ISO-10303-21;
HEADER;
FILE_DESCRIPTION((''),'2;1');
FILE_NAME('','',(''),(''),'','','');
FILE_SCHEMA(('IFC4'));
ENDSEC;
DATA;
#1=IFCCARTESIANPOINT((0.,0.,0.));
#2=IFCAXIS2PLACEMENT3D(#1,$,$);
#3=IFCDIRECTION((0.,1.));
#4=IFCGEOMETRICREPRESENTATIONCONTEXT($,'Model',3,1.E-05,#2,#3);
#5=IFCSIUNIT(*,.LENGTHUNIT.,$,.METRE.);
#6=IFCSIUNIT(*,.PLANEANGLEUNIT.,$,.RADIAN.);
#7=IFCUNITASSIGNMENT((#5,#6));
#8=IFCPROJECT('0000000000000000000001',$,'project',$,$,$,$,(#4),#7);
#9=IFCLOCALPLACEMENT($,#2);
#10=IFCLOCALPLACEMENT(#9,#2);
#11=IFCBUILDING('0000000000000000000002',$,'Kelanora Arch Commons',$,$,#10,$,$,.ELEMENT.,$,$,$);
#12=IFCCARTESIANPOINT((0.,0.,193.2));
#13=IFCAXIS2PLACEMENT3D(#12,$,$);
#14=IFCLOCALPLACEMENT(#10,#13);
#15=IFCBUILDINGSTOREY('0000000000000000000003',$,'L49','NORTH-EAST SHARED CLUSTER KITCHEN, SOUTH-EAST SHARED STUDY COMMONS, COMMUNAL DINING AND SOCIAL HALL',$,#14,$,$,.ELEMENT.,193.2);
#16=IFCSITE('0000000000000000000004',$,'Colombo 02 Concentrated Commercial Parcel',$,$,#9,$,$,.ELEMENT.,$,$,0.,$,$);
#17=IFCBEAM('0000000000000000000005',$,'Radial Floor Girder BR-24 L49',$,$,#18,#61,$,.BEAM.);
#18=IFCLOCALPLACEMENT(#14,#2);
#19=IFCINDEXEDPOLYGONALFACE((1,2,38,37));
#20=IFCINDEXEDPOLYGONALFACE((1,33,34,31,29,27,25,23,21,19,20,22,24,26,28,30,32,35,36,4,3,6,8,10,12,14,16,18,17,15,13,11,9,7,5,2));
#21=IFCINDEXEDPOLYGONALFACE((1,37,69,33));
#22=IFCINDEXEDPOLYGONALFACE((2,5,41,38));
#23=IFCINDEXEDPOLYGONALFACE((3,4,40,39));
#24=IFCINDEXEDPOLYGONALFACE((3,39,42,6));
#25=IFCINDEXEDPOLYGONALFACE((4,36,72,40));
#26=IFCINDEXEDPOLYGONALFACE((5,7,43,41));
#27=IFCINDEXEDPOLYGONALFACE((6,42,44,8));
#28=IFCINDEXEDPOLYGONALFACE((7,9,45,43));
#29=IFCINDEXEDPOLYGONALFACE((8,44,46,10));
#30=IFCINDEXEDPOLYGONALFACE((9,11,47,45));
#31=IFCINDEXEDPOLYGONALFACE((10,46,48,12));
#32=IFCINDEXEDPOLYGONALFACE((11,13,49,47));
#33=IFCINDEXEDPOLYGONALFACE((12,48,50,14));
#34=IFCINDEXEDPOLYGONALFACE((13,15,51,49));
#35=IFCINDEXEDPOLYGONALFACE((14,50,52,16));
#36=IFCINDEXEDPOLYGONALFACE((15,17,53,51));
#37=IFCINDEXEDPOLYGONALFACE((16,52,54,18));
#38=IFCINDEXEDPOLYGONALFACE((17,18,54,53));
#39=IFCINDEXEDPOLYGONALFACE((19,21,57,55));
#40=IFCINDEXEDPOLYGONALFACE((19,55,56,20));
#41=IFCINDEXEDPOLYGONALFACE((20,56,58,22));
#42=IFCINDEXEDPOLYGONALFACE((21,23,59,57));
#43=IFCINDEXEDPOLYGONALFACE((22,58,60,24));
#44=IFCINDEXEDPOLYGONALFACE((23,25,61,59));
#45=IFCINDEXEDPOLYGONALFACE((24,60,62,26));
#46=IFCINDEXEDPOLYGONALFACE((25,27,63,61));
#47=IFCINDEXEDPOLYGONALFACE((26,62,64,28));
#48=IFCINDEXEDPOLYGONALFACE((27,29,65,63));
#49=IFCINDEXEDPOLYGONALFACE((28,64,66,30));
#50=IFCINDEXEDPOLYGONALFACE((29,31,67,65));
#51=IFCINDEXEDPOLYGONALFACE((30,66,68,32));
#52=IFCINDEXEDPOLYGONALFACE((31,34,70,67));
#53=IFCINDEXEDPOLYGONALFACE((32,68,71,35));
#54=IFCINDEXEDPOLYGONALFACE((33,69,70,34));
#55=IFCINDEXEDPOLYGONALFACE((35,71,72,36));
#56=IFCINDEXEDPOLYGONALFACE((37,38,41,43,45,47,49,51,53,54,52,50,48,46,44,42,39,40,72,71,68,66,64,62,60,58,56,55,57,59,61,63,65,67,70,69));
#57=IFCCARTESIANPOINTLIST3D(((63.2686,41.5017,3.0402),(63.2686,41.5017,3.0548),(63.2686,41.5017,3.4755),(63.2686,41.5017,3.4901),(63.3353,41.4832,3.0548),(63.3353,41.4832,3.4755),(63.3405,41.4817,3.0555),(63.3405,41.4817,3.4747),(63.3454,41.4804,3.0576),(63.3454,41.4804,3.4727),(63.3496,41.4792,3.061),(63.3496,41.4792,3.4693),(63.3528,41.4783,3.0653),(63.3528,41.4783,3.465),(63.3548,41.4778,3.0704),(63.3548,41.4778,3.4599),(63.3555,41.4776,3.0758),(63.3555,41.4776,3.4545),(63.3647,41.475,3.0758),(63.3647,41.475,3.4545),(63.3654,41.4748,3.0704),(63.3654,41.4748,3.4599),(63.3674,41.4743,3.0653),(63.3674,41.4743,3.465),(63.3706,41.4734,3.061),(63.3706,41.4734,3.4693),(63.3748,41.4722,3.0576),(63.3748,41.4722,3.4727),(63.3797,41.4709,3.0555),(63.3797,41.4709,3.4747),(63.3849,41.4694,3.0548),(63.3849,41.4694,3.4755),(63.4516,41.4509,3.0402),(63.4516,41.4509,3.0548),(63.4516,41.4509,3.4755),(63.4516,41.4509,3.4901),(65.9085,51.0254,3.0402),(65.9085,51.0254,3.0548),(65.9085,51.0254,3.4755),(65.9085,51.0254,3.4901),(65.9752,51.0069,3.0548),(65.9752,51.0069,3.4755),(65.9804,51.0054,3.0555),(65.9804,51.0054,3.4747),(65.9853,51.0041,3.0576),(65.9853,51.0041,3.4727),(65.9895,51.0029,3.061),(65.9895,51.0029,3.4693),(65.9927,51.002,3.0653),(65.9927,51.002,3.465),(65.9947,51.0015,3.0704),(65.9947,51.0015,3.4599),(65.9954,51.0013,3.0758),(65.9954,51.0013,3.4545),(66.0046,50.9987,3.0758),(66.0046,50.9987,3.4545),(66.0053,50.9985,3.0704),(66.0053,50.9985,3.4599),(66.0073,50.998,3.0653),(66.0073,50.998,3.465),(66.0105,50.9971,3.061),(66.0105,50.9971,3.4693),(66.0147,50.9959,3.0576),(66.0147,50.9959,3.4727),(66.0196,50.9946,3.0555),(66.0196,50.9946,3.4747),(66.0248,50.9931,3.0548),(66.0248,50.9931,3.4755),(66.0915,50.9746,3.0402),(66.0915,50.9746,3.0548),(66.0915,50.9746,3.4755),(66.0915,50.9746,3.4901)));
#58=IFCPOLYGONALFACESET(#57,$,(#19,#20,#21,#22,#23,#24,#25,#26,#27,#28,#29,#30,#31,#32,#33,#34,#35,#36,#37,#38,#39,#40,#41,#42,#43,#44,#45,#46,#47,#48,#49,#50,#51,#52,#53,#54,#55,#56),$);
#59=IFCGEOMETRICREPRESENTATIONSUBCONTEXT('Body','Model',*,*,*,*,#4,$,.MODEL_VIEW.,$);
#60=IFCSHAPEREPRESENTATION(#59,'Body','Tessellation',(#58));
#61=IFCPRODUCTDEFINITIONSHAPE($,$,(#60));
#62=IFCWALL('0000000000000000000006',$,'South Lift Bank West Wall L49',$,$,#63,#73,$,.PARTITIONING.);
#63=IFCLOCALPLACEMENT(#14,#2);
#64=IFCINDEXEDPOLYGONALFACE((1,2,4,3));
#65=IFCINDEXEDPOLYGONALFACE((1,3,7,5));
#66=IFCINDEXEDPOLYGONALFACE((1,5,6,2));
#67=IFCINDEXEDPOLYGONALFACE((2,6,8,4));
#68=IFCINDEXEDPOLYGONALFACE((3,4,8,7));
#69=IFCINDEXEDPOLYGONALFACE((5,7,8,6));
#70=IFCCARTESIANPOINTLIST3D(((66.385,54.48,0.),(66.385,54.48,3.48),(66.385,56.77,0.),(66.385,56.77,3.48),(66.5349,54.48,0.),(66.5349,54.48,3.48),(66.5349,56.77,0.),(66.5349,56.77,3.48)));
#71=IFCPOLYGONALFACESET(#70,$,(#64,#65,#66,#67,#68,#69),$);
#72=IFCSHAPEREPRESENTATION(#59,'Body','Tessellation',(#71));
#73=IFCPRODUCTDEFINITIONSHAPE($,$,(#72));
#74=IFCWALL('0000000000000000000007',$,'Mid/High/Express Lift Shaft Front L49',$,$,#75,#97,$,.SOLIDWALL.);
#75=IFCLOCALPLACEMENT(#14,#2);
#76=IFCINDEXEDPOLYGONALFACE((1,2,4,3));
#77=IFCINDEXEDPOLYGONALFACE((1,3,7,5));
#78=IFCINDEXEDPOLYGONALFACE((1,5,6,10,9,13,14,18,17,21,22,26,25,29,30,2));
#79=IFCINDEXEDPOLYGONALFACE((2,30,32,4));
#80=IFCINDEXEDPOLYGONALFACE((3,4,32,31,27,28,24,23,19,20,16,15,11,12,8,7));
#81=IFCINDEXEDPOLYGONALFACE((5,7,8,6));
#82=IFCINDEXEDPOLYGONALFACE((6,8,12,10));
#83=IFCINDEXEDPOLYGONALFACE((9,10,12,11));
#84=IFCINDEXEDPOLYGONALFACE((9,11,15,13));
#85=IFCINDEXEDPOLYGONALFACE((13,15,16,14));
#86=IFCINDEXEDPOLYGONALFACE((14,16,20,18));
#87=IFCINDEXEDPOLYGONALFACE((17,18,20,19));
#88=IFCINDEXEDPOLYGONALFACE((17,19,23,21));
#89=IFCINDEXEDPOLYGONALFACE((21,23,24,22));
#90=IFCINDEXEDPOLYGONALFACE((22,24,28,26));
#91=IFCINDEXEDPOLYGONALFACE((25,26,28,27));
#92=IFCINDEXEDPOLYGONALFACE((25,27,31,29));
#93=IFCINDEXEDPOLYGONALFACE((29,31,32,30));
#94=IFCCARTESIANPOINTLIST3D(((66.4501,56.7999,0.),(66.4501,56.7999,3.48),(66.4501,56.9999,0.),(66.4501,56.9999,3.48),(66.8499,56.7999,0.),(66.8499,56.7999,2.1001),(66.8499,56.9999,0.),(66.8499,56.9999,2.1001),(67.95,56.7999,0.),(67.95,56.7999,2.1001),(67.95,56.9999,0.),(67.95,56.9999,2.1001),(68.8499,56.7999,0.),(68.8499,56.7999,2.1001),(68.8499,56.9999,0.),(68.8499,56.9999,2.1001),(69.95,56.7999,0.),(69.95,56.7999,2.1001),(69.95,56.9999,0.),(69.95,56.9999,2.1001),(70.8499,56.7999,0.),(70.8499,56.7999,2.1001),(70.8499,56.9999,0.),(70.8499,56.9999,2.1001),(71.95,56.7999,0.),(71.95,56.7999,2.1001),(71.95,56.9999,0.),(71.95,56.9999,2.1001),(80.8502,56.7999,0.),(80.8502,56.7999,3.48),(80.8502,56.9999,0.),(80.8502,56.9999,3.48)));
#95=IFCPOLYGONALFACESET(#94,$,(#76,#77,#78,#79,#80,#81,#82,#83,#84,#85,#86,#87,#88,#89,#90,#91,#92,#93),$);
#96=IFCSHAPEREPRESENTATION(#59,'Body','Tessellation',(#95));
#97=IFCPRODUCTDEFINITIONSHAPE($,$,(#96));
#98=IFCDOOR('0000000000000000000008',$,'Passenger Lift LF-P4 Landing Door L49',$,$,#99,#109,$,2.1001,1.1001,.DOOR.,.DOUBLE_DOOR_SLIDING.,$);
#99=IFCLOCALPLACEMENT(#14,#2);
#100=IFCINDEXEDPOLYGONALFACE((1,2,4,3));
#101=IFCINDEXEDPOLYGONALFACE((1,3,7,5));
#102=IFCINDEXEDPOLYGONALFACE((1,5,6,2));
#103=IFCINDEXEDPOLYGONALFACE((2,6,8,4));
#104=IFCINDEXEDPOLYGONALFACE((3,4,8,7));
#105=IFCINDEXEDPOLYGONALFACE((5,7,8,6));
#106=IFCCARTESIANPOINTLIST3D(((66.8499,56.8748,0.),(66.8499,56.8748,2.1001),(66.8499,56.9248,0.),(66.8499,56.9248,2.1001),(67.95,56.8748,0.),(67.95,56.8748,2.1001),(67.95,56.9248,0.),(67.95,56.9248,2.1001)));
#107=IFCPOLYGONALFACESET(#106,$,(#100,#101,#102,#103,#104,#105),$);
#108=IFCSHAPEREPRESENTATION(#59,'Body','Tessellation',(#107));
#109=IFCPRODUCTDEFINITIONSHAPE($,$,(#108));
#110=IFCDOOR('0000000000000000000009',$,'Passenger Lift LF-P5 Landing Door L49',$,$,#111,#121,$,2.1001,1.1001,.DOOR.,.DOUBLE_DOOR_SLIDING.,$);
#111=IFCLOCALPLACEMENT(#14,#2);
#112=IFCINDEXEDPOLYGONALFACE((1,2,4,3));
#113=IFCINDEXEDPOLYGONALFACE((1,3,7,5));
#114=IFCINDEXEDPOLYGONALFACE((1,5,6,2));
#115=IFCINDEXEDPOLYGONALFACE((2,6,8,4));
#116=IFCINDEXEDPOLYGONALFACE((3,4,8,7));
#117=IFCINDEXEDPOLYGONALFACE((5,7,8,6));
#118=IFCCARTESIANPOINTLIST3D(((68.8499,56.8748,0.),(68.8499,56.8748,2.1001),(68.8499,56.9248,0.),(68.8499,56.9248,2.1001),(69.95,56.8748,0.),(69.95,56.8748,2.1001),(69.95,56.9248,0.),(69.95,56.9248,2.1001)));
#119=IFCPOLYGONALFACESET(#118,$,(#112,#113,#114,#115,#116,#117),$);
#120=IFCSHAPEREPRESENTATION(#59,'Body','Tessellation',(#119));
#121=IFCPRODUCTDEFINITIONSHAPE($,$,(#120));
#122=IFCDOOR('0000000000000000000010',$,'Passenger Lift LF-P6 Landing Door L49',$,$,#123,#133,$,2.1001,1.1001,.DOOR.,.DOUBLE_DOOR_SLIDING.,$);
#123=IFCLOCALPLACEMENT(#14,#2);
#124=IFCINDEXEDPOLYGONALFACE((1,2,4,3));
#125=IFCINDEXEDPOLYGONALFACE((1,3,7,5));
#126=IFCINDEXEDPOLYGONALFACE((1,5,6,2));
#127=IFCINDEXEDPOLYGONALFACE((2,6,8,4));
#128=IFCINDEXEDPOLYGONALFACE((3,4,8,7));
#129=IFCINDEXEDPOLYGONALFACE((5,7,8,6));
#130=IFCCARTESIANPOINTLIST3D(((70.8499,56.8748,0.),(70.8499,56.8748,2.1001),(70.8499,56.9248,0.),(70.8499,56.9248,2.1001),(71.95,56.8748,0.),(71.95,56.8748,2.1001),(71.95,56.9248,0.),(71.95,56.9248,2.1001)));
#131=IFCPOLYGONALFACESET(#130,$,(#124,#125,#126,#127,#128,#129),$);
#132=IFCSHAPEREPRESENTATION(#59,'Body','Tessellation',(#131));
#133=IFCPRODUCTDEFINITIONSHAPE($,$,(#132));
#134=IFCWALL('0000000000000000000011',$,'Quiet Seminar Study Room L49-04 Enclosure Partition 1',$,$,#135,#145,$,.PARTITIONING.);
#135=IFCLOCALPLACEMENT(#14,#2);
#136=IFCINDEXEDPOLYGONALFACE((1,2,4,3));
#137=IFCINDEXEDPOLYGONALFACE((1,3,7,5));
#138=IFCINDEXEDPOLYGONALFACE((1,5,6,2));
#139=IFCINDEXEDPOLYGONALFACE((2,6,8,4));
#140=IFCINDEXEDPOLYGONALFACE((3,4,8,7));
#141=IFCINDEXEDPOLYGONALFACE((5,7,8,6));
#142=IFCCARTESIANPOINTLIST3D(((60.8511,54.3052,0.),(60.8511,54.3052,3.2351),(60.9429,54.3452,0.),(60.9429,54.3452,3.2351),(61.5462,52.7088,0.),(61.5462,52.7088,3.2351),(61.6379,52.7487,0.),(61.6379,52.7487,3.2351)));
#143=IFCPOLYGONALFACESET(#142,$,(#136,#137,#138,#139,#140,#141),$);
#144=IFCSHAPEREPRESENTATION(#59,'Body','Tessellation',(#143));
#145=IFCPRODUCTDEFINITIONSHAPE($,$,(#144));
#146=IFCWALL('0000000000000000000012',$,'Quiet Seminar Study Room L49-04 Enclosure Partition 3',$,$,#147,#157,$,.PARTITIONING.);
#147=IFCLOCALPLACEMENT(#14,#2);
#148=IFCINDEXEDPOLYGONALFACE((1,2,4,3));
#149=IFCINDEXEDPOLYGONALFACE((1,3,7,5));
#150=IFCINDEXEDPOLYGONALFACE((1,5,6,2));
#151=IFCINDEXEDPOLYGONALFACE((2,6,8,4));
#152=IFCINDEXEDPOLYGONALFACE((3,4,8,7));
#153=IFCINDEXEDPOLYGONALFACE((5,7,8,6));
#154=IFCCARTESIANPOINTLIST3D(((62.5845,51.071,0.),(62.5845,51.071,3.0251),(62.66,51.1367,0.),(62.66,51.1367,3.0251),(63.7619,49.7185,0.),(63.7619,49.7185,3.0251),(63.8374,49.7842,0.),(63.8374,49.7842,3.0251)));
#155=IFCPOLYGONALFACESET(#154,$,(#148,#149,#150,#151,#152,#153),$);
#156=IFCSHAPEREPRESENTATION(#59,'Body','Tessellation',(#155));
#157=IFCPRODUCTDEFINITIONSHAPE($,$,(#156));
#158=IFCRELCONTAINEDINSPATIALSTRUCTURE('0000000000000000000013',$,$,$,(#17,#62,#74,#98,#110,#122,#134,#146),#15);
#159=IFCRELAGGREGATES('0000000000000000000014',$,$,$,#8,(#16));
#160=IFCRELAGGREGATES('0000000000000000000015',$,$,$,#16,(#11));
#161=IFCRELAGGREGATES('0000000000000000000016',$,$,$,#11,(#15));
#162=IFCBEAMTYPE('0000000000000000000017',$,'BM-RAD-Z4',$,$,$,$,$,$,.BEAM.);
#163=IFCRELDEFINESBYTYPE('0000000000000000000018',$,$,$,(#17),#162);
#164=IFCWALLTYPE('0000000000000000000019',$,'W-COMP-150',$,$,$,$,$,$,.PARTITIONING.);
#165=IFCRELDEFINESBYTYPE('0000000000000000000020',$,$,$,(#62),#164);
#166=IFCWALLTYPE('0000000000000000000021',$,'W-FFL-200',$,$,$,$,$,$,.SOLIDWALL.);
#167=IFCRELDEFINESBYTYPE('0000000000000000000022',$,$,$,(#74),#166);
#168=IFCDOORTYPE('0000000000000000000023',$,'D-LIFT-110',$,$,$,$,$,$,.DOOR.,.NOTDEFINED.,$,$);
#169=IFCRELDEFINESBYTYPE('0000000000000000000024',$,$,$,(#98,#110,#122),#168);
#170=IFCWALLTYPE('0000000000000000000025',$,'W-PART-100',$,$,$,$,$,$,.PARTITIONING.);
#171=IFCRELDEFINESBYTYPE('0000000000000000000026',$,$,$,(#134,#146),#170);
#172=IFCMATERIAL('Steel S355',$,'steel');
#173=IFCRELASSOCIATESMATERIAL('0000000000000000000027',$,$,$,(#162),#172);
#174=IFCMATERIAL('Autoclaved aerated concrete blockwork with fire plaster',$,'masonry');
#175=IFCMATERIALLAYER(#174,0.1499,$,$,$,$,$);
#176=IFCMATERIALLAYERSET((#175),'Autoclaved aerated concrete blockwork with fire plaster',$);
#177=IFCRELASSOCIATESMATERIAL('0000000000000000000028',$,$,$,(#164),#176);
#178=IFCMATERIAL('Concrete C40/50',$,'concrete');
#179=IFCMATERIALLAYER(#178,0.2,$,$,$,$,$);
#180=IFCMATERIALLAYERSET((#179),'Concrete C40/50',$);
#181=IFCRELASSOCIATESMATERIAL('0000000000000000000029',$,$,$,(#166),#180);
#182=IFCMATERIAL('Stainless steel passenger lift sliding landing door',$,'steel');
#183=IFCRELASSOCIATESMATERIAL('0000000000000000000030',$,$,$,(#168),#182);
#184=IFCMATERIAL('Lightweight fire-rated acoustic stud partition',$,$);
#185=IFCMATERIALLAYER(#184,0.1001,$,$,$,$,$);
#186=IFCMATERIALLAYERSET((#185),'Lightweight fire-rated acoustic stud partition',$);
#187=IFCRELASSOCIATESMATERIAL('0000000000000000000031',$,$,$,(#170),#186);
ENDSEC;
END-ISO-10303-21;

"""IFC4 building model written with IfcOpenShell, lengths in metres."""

from ifc_helpers import new_model, si_unit, direction, frame, frame_2d, origin, origin_2d, place, context, subcontext, project, spatial, rectangle, i_section, extrude, material, layer, layer_set, material_profile, profile_set, type_object, element, fill, save


model = new_model("IFC4")

# Units and contexts
model_context = context("Model", 3, precision=1e-05, world=origin(), true_north=direction((0.0, 1.0)))
body_context = subcontext(model_context, "Body", "Model", "MODEL_VIEW")
ifc_project = project(units=[si_unit("LENGTHUNIT", "METRE"), si_unit("PLANEANGLEUNIT", "RADIAN")], contexts=[model_context])

# Site, building, storey
site_placement = place(None, origin())
site = spatial("IfcSite", under=ifc_project, at=site_placement, Name="Colombo 02 Concentrated Commercial Parcel", CompositionType="ELEMENT", RefElevation=0.0)
building_placement = place(site_placement, origin())
building = spatial("IfcBuilding", under=site, at=building_placement, Name="Kelanora Arch Commons", CompositionType="ELEMENT")
storey_placement = place(building_placement, frame((0.0, 0.0, 193.2)))
storey = spatial("IfcBuildingStorey", under=building, at=storey_placement, Name="L49", Description="NORTH-EAST SHARED CLUSTER KITCHEN, SOUTH-EAST SHARED STUDY COMMONS, COMMUNAL DINING AND SOCIAL HALL", CompositionType="ELEMENT", Elevation=193.2)

# Beam
ifc_material_1 = material(Name="Steel S355", Category="steel")
ifc_material_profile_1 = material_profile(ifc_material_1, i_section(OverallWidth=0.1899, OverallDepth=0.45, WebThickness=0.0095, FlangeThickness=0.0146, FilletRadius=0.021, at=origin_2d()), Name="IPE450")
ifc_profile_set_1 = profile_set([ifc_material_profile_1], Name="Steel S355")
beam_type_1 = type_object("IfcBeamType", Name="BM-RAD-Z4", PredefinedType="BEAM", material=ifc_profile_set_1)
beam_1_placement = place(storey_placement, frame((66.0, 51.0, 3.2651), z_axis=(-0.26712, -0.963663, 0.0), x_axis=(0.963663, -0.26712, 0.0)))
element("IfcBeam", 1, at=beam_1_placement, inside=storey, type_object=beam_type_1, Name="Radial Floor Girder BR-24 L49", PredefinedType="BEAM", context=body_context, shape_type="SweptSolid", body=[
    extrude(i_section(OverallWidth=0.1899, OverallDepth=0.45, WebThickness=0.0095, FlangeThickness=0.0146, FilletRadius=0.021, at=origin_2d()), origin(), (0.0, 0.0, 1.0), 9.8828),
])

# Wall
ifc_material_2 = material(Name="Autoclaved aerated concrete blockwork with fire plaster", Category="masonry")
ifc_layer_1 = layer(ifc_material_2, 0.1499)
ifc_layer_set_1 = layer_set([ifc_layer_1], Name="Autoclaved aerated concrete blockwork with fire plaster")
wall_type_1 = type_object("IfcWallType", Name="W-COMP-150", PredefinedType="PARTITIONING", material=ifc_layer_set_1)
wall_1_placement = place(storey_placement, frame((66.46, 54.48, 0.0), z_axis=(0.0, 0.0, 1.0), x_axis=(0.0, 1.0, 0.0)))
element("IfcWall", 2, at=wall_1_placement, inside=storey, type_object=wall_type_1, Name="South Lift Bank West Wall L49", PredefinedType="PARTITIONING", context=body_context, shape_type="SweptSolid", body=[
    extrude(rectangle(XDim=2.29, YDim=0.1499, at=frame_2d((1.145, 0.0))), origin(), (0.0, 0.0, 1.0), 3.48),
])

# Wall, openings, doors
ifc_material_3 = material(Name="Concrete C40/50", Category="concrete")
ifc_layer_2 = layer(ifc_material_3, 0.2)
ifc_layer_set_2 = layer_set([ifc_layer_2], Name="Concrete C40/50")
wall_type_2 = type_object("IfcWallType", Name="W-FFL-200", PredefinedType="SOLIDWALL", material=ifc_layer_set_2)
wall_2_placement = place(storey_placement, frame((66.45, 56.8999, 0.0), z_axis=(0.0, 0.0, 1.0), x_axis=(1.0, 0.0, 0.0)))
wall_2 = element("IfcWall", 3, at=wall_2_placement, inside=storey, type_object=wall_type_2, Name="Mid/High/Express Lift Shaft Front L49", PredefinedType="SOLIDWALL", context=body_context, shape_type="SweptSolid", body=[
    extrude(rectangle(XDim=14.4001, YDim=0.2, at=frame_2d((7.2002, 0.0))), origin(), (0.0, 0.0, 1.0), 3.48),
])
opening_1_placement = place(wall_2_placement, frame((0.3999, 0.0, 0.0)))
opening_1 = element("IfcOpeningElement", 4, at=opening_1_placement, cuts=wall_2, PredefinedType="OPENING", context=body_context, shape_type="SweptSolid", body=[
    extrude(rectangle(XDim=1.1001, YDim=2.1001, at=frame_2d((0.55, 1.05))), frame((0.0, 0.1099, 0.0), z_axis=(0.0, -1.0, 0.0), x_axis=(1.0, 0.0, 0.0)), (0.0, 0.0, 1.0), 0.22),
])
opening_2_placement = place(wall_2_placement, frame((2.3999, 0.0, 0.0)))
opening_2 = element("IfcOpeningElement", 5, at=opening_2_placement, cuts=wall_2, PredefinedType="OPENING", context=body_context, shape_type="SweptSolid", body=[
    extrude(rectangle(XDim=1.1001, YDim=2.1001, at=frame_2d((0.55, 1.05))), frame((0.0, 0.1099, 0.0), z_axis=(0.0, -1.0, 0.0), x_axis=(1.0, 0.0, 0.0)), (0.0, 0.0, 1.0), 0.22),
])
opening_3_placement = place(wall_2_placement, frame((4.3999, 0.0, 0.0)))
opening_3 = element("IfcOpeningElement", 6, at=opening_3_placement, cuts=wall_2, PredefinedType="OPENING", context=body_context, shape_type="SweptSolid", body=[
    extrude(rectangle(XDim=1.1001, YDim=2.1001, at=frame_2d((0.55, 1.05))), frame((0.0, 0.1099, 0.0), z_axis=(0.0, -1.0, 0.0), x_axis=(1.0, 0.0, 0.0)), (0.0, 0.0, 1.0), 0.22),
])
ifc_material_4 = material(Name="Stainless steel passenger lift sliding landing door", Category="steel")
door_type_1 = type_object("IfcDoorType", Name="D-LIFT-110", OperationType="NOTDEFINED", PredefinedType="DOOR", material=ifc_material_4)
door_1_placement = place(opening_1_placement, origin())
door_1 = element("IfcDoor", 7, at=door_1_placement, inside=storey, type_object=door_type_1, Name="Passenger Lift LF-P4 Landing Door L49", OperationType="DOUBLE_DOOR_SLIDING", OverallHeight=2.1001, OverallWidth=1.1001, PredefinedType="DOOR", context=body_context, shape_type="SweptSolid", body=[
    extrude(rectangle(XDim=1.1001, YDim=2.1001, at=frame_2d((0.55, 1.05))), frame((0.0, 0.0249, 0.0), z_axis=(0.0, -1.0, 0.0), x_axis=(1.0, 0.0, 0.0)), (0.0, 0.0, 1.0), 0.05),
])
fill(opening_1, door_1)
door_2_placement = place(opening_2_placement, origin())
door_2 = element("IfcDoor", 8, at=door_2_placement, inside=storey, type_object=door_type_1, Name="Passenger Lift LF-P5 Landing Door L49", OperationType="DOUBLE_DOOR_SLIDING", OverallHeight=2.1001, OverallWidth=1.1001, PredefinedType="DOOR", context=body_context, shape_type="SweptSolid", body=[
    extrude(rectangle(XDim=1.1001, YDim=2.1001, at=frame_2d((0.55, 1.05))), frame((0.0, 0.0249, 0.0), z_axis=(0.0, -1.0, 0.0), x_axis=(1.0, 0.0, 0.0)), (0.0, 0.0, 1.0), 0.05),
])
fill(opening_2, door_2)
door_3_placement = place(opening_3_placement, origin())
door_3 = element("IfcDoor", 9, at=door_3_placement, inside=storey, type_object=door_type_1, Name="Passenger Lift LF-P6 Landing Door L49", OperationType="DOUBLE_DOOR_SLIDING", OverallHeight=2.1001, OverallWidth=1.1001, PredefinedType="DOOR", context=body_context, shape_type="SweptSolid", body=[
    extrude(rectangle(XDim=1.1001, YDim=2.1001, at=frame_2d((0.55, 1.05))), frame((0.0, 0.0249, 0.0), z_axis=(0.0, -1.0, 0.0), x_axis=(1.0, 0.0, 0.0)), (0.0, 0.0, 1.0), 0.05),
])
fill(opening_3, door_3)

# Walls
ifc_material_5 = material(Name="Lightweight fire-rated acoustic stud partition")
ifc_layer_3 = layer(ifc_material_5, 0.1001)
ifc_layer_set_3 = layer_set([ifc_layer_3], Name="Lightweight fire-rated acoustic stud partition")
wall_type_3 = type_object("IfcWallType", Name="W-PART-100", PredefinedType="PARTITIONING", material=ifc_layer_set_3)
wall_3_placement = place(storey_placement, frame((60.897, 54.3252, 0.0), z_axis=(0.0, 0.0, 1.0), x_axis=(0.399193, -0.916867, 0.0)))
element("IfcWall", 10, at=wall_3_placement, inside=storey, type_object=wall_type_3, Name="Quiet Seminar Study Room L49-04 Enclosure Partition 1", PredefinedType="PARTITIONING", context=body_context, shape_type="SweptSolid", body=[
    extrude(rectangle(XDim=1.7412, YDim=0.1001, at=frame_2d((0.8706, 0.0))), origin(), (0.0, 0.0, 1.0), 3.2351),
])
wall_4_placement = place(storey_placement, frame((62.6223, 51.1038, 0.0), z_axis=(0.0, 0.0, 1.0), x_axis=(0.656613, -0.754227, 0.0)))
element("IfcWall", 11, at=wall_4_placement, inside=storey, type_object=wall_type_3, Name="Quiet Seminar Study Room L49-04 Enclosure Partition 3", PredefinedType="PARTITIONING", context=body_context, shape_type="SweptSolid", body=[
    extrude(rectangle(XDim=1.7932, YDim=0.1001, at=frame_2d((0.8965, 0.0))), origin(), (0.0, 0.0, 1.0), 3.0251),
])

save(model, "model.ifc")
